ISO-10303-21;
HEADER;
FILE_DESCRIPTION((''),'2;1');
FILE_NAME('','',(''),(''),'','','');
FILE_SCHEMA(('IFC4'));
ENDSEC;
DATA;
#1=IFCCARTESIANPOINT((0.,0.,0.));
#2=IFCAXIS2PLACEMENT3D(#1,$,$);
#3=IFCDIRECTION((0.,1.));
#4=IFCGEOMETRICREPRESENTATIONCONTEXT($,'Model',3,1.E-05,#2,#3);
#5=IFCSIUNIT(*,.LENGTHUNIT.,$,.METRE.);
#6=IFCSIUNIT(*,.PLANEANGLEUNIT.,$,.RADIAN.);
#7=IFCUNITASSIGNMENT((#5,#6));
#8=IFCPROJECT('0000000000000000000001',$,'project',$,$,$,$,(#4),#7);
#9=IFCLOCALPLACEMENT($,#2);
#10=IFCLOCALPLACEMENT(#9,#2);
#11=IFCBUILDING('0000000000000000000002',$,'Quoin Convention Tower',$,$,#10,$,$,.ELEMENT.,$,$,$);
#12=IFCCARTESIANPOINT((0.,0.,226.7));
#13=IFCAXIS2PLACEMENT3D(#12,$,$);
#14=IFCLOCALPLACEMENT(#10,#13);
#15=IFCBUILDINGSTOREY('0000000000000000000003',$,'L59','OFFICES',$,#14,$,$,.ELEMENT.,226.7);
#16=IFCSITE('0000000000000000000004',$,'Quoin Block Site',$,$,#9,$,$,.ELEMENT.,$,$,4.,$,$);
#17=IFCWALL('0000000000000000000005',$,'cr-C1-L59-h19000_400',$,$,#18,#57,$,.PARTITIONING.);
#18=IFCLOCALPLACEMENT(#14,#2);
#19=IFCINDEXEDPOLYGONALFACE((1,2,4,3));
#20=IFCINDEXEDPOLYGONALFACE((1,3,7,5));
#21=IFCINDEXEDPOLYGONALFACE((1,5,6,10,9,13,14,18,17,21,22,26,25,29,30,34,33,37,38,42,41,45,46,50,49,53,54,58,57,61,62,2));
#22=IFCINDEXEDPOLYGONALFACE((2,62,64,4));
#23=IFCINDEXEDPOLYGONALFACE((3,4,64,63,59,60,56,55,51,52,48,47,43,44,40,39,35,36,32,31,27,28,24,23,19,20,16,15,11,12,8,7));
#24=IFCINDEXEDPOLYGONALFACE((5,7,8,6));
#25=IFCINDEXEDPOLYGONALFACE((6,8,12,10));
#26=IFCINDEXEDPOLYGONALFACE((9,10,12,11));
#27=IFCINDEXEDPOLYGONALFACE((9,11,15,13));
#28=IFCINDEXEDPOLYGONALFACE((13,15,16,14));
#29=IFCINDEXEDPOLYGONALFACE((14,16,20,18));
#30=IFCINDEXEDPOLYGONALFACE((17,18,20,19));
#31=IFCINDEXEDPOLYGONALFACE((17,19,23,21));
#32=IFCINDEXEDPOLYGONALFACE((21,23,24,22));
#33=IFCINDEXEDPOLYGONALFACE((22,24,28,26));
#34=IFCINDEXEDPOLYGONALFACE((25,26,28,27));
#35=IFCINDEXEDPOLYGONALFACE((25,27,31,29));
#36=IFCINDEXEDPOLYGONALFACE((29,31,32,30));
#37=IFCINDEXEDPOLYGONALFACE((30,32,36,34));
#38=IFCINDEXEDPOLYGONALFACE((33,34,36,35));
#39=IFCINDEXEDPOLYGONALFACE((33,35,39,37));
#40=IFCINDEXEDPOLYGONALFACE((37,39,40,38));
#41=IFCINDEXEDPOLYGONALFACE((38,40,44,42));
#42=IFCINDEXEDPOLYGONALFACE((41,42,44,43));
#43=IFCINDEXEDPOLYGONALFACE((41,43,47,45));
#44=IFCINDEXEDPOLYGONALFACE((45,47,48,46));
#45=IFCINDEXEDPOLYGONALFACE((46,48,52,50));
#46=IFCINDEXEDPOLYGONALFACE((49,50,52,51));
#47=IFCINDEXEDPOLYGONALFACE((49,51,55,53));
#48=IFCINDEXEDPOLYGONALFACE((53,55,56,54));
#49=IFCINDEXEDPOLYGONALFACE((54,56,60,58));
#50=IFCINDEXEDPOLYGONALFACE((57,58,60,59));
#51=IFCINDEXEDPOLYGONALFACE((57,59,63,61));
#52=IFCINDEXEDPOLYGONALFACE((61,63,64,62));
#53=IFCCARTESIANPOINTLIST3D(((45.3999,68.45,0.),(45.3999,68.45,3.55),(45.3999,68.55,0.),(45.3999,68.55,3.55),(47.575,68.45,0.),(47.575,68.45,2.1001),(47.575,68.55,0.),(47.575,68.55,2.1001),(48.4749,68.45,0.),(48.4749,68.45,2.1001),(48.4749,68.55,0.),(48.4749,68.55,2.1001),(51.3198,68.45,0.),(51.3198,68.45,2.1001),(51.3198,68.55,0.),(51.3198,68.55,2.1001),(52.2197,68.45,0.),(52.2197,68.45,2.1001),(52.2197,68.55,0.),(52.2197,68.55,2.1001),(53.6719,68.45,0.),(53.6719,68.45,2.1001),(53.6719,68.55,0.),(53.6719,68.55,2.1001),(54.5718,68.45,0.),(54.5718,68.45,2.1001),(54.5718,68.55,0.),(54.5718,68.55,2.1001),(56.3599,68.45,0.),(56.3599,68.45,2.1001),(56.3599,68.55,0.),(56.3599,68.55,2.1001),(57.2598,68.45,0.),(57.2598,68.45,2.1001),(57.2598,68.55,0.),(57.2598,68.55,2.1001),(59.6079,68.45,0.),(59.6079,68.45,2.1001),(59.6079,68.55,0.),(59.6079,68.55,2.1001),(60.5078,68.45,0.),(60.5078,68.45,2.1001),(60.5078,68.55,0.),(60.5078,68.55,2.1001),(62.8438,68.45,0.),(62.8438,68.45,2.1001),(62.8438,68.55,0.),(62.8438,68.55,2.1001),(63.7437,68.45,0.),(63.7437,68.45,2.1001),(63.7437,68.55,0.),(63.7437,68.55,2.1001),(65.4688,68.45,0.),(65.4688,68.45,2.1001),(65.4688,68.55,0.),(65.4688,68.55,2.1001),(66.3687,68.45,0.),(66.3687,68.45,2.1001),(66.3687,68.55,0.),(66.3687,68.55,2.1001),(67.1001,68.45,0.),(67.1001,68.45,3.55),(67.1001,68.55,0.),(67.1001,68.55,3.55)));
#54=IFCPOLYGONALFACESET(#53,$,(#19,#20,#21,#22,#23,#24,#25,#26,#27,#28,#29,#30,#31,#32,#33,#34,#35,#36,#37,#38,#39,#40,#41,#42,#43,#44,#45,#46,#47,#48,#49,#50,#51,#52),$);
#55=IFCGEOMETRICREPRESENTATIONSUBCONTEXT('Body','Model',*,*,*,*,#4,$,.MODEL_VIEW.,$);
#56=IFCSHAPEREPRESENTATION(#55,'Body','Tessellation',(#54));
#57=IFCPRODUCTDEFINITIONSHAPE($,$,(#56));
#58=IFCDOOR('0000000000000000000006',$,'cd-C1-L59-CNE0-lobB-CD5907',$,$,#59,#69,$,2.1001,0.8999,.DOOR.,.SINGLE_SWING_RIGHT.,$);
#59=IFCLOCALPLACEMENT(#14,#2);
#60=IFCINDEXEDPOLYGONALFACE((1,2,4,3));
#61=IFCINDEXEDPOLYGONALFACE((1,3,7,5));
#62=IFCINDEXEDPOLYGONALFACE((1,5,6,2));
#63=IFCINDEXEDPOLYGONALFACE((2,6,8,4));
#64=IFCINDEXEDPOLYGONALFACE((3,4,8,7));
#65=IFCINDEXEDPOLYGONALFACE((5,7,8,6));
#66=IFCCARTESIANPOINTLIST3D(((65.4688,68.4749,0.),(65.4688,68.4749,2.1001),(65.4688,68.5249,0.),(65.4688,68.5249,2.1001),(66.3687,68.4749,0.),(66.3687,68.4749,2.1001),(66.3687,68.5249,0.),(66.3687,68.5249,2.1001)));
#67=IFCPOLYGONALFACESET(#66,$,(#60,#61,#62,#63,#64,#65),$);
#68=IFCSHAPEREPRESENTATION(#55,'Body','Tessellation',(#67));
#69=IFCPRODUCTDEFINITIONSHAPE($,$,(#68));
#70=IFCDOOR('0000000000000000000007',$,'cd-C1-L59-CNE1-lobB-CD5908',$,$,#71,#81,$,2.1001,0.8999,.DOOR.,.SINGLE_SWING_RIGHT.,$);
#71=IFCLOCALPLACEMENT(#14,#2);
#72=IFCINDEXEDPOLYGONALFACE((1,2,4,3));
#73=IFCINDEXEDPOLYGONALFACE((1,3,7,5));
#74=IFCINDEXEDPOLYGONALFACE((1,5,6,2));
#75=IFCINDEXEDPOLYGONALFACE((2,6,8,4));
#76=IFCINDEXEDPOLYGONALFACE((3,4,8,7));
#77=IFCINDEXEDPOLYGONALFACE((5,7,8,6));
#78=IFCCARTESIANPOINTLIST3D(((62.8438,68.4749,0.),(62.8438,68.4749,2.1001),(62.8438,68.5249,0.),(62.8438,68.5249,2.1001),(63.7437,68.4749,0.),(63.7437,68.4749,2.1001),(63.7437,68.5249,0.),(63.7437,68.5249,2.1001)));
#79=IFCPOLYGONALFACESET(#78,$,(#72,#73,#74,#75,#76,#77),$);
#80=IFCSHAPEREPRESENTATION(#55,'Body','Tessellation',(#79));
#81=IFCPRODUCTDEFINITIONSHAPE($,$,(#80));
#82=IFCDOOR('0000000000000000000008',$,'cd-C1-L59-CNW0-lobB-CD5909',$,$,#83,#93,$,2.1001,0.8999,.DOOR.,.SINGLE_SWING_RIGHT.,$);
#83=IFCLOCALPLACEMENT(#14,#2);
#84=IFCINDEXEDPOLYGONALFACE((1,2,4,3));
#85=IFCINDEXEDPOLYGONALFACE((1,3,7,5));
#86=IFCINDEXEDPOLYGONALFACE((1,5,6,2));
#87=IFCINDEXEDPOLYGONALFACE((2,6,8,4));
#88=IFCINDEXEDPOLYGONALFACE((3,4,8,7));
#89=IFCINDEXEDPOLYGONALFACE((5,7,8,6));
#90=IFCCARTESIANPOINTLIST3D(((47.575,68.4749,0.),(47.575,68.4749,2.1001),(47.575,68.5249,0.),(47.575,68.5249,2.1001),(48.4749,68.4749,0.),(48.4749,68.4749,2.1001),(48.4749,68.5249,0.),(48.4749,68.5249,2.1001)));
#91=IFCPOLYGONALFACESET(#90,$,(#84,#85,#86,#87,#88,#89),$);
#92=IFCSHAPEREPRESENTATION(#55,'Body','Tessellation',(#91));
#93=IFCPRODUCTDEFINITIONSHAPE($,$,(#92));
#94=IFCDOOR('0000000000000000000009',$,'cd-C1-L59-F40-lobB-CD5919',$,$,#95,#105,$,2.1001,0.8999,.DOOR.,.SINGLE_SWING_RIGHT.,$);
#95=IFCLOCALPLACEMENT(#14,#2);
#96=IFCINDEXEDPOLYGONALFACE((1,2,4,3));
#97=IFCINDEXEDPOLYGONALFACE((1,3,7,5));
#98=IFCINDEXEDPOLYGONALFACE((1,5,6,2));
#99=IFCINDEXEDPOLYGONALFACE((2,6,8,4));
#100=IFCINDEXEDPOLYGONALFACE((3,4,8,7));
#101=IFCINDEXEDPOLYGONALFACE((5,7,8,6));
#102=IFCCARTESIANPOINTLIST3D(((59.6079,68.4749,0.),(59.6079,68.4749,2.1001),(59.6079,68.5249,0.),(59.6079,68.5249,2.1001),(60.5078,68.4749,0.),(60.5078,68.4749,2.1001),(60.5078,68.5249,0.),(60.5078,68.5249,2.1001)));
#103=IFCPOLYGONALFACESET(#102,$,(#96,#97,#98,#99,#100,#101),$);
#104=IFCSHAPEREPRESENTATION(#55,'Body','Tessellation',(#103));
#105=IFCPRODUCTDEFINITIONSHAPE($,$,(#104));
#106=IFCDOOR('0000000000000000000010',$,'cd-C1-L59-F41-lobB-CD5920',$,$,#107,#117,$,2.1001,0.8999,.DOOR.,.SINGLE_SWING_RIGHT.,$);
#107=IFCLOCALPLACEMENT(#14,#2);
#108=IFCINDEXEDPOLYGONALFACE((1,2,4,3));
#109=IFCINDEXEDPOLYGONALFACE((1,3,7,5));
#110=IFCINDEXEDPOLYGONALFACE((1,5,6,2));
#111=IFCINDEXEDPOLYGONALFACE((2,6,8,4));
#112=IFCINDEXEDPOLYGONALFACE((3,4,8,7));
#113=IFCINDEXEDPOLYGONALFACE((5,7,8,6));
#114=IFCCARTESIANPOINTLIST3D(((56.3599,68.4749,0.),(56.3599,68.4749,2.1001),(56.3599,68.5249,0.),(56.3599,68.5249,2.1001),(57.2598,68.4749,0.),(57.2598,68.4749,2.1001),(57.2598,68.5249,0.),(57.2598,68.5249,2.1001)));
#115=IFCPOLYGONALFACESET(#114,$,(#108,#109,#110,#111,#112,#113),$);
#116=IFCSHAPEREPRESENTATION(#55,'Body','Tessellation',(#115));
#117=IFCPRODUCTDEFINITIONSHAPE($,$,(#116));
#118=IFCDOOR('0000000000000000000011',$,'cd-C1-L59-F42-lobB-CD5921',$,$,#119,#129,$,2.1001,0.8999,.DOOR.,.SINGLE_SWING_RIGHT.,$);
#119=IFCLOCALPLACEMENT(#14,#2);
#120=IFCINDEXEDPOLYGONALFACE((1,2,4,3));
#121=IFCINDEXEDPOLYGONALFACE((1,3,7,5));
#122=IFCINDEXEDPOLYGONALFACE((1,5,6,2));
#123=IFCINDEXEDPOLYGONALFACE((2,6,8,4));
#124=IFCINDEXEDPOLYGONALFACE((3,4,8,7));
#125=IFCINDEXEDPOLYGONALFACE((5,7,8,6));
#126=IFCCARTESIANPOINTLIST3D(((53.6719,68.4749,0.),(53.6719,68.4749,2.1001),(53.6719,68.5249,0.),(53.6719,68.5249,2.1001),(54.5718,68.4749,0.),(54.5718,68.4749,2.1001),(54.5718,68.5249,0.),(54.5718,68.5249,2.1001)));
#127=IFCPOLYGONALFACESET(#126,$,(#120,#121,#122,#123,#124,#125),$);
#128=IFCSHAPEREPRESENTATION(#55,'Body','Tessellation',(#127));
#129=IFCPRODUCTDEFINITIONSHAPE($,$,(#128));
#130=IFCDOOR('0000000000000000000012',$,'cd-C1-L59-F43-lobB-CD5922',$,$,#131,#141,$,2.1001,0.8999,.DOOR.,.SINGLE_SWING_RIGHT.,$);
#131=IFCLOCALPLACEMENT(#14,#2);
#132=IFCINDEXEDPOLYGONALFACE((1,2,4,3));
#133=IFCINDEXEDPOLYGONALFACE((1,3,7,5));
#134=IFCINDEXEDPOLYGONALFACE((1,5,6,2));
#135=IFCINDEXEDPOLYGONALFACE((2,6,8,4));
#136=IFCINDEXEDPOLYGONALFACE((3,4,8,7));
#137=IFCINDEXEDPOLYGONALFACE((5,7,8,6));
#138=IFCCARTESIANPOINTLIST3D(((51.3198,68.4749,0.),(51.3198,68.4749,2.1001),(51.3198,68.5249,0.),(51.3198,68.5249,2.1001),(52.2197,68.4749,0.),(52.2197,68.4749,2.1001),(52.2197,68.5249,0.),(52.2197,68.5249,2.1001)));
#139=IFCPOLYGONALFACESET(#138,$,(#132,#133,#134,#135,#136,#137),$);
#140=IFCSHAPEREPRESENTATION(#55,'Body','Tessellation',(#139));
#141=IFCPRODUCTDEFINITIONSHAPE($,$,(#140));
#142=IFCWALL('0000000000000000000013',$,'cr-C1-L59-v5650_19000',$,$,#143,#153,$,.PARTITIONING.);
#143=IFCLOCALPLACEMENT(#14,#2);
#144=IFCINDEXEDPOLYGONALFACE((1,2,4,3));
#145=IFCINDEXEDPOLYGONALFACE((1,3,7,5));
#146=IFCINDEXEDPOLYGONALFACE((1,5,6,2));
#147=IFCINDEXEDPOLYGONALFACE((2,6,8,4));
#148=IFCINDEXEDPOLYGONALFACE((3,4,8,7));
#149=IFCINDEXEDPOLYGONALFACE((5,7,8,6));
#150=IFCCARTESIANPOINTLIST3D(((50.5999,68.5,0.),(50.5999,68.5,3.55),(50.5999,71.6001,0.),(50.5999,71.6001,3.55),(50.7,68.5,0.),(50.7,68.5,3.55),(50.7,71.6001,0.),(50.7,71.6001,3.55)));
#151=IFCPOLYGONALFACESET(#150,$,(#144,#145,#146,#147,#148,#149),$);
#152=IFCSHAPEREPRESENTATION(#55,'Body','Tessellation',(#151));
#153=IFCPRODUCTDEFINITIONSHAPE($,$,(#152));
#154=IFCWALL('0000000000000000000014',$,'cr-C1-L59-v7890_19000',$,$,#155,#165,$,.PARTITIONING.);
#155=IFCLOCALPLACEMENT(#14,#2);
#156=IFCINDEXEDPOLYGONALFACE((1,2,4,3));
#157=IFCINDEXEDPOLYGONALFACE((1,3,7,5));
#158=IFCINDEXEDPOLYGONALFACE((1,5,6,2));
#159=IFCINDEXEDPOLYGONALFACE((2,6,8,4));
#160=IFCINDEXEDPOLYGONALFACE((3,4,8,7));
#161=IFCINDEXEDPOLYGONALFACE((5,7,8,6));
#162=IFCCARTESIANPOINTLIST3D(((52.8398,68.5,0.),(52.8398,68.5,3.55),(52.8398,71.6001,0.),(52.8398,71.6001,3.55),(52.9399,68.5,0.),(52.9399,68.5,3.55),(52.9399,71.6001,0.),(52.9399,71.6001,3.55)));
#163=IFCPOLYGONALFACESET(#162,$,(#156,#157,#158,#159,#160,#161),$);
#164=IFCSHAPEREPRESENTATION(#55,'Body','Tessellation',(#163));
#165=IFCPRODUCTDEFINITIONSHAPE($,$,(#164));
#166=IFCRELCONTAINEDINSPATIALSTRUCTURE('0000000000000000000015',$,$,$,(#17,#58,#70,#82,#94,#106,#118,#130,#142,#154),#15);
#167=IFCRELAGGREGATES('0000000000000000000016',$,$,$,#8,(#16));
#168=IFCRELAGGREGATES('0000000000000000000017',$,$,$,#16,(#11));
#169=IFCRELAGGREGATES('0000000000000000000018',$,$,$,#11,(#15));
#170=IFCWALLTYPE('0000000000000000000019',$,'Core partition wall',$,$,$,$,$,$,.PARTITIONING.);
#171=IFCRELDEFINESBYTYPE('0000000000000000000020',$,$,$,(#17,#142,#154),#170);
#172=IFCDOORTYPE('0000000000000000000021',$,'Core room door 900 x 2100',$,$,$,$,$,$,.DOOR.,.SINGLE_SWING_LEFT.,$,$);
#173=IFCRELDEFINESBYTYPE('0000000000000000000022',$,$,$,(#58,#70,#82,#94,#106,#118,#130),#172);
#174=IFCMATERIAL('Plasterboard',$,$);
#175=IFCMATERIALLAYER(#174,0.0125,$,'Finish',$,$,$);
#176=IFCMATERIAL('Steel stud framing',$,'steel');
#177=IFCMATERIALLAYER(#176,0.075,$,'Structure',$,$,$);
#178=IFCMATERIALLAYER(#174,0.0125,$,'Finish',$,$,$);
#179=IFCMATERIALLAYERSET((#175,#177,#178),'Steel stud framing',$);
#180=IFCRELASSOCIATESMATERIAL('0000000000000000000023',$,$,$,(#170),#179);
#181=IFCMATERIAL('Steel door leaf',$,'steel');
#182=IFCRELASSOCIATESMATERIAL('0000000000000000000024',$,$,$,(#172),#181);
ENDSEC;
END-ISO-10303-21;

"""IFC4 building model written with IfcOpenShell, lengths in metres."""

from ifc_helpers import new_model, si_unit, direction, frame, frame_2d, origin, place, context, subcontext, project, spatial, rectangle, extrude, material, layer, layer_set, type_object, element, fill, save


model = new_model("IFC4")

# Units and contexts
model_context = context("Model", 3, precision=1e-05, world=origin(), true_north=direction((0.0, 1.0)))
body_context = subcontext(model_context, "Body", "Model", "MODEL_VIEW")
ifc_project = project(units=[si_unit("LENGTHUNIT", "METRE"), si_unit("PLANEANGLEUNIT", "RADIAN")], contexts=[model_context])

# Site, building, storey
site_placement = place(None, origin())
site = spatial("IfcSite", under=ifc_project, at=site_placement, Name="Quoin Block Site", CompositionType="ELEMENT", RefElevation=4.0)
building_placement = place(site_placement, origin())
building = spatial("IfcBuilding", under=site, at=building_placement, Name="Quoin Convention Tower", CompositionType="ELEMENT")
storey_placement = place(building_placement, frame((0.0, 0.0, 226.7)))
storey = spatial("IfcBuildingStorey", under=building, at=storey_placement, Name="L59", Description="OFFICES", CompositionType="ELEMENT", Elevation=226.7)

# Wall, openings, doors
ifc_material_1 = material(Name="Plasterboard")
ifc_layer_1 = layer(ifc_material_1, 0.0125, Name="Finish")
ifc_material_2 = material(Name="Steel stud framing", Category="steel")
ifc_layer_2 = layer(ifc_material_2, 0.075, Name="Structure")
ifc_layer_3 = layer(ifc_material_1, 0.0125, Name="Finish")
ifc_layer_set_1 = layer_set([ifc_layer_1, ifc_layer_2, ifc_layer_3], Name="Steel stud framing")
wall_type_1 = type_object("IfcWallType", Name="Core partition wall", PredefinedType="PARTITIONING", material=ifc_layer_set_1)
wall_1_placement = place(storey_placement, frame((45.3999, 68.5, 0.0), z_axis=(0.0, 0.0, 1.0), x_axis=(1.0, 0.0, 0.0)))
wall_1 = element("IfcWall", 1, at=wall_1_placement, inside=storey, type_object=wall_type_1, Name="cr-C1-L59-h19000_400", PredefinedType="PARTITIONING", context=body_context, shape_type="SweptSolid", body=[
    extrude(rectangle(XDim=21.7002, YDim=0.1001, at=frame_2d((10.8501, 0.0))), origin(), (0.0, 0.0, 1.0), 3.55),
])
opening_1_placement = place(wall_1_placement, frame((20.0688, 0.0, 0.0)))
opening_1 = element("IfcOpeningElement", 2, at=opening_1_placement, cuts=wall_1, PredefinedType="OPENING", context=body_context, shape_type="SweptSolid", body=[
    extrude(rectangle(XDim=0.8999, YDim=2.1001, at=frame_2d((0.45, 1.05))), frame((0.0, 0.0601, 0.0), z_axis=(0.0, -1.0, 0.0), x_axis=(1.0, 0.0, 0.0)), (0.0, 0.0, 1.0), 0.1201),
])
opening_2_placement = place(wall_1_placement, frame((17.4438, 0.0, 0.0)))
opening_2 = element("IfcOpeningElement", 3, at=opening_2_placement, cuts=wall_1, PredefinedType="OPENING", context=body_context, shape_type="SweptSolid", body=[
    extrude(rectangle(XDim=0.8999, YDim=2.1001, at=frame_2d((0.45, 1.05))), frame((0.0, 0.0601, 0.0), z_axis=(0.0, -1.0, 0.0), x_axis=(1.0, 0.0, 0.0)), (0.0, 0.0, 1.0), 0.1201),
])
opening_3_placement = place(wall_1_placement, frame((2.175, 0.0, 0.0)))
opening_3 = element("IfcOpeningElement", 4, at=opening_3_placement, cuts=wall_1, PredefinedType="OPENING", context=body_context, shape_type="SweptSolid", body=[
    extrude(rectangle(XDim=0.8999, YDim=2.1001, at=frame_2d((0.45, 1.05))), frame((0.0, 0.0601, 0.0), z_axis=(0.0, -1.0, 0.0), x_axis=(1.0, 0.0, 0.0)), (0.0, 0.0, 1.0), 0.1201),
])
opening_4_placement = place(wall_1_placement, frame((14.208, 0.0, 0.0)))
opening_4 = element("IfcOpeningElement", 5, at=opening_4_placement, cuts=wall_1, PredefinedType="OPENING", context=body_context, shape_type="SweptSolid", body=[
    extrude(rectangle(XDim=0.8999, YDim=2.1001, at=frame_2d((0.45, 1.05))), frame((0.0, 0.0601, 0.0), z_axis=(0.0, -1.0, 0.0), x_axis=(1.0, 0.0, 0.0)), (0.0, 0.0, 1.0), 0.1201),
])
opening_5_placement = place(wall_1_placement, frame((10.96, 0.0, 0.0)))
opening_5 = element("IfcOpeningElement", 6, at=opening_5_placement, cuts=wall_1, PredefinedType="OPENING", context=body_context, shape_type="SweptSolid", body=[
    extrude(rectangle(XDim=0.8999, YDim=2.1001, at=frame_2d((0.45, 1.05))), frame((0.0, 0.0601, 0.0), z_axis=(0.0, -1.0, 0.0), x_axis=(1.0, 0.0, 0.0)), (0.0, 0.0, 1.0), 0.1201),
])
opening_6_placement = place(wall_1_placement, frame((8.272, 0.0, 0.0)))
opening_6 = element("IfcOpeningElement", 7, at=opening_6_placement, cuts=wall_1, PredefinedType="OPENING", context=body_context, shape_type="SweptSolid", body=[
    extrude(rectangle(XDim=0.8999, YDim=2.1001, at=frame_2d((0.45, 1.05))), frame((0.0, 0.0601, 0.0), z_axis=(0.0, -1.0, 0.0), x_axis=(1.0, 0.0, 0.0)), (0.0, 0.0, 1.0), 0.1201),
])
opening_7_placement = place(wall_1_placement, frame((5.9199, 0.0, 0.0)))
opening_7 = element("IfcOpeningElement", 8, at=opening_7_placement, cuts=wall_1, PredefinedType="OPENING", context=body_context, shape_type="SweptSolid", body=[
    extrude(rectangle(XDim=0.8999, YDim=2.1001, at=frame_2d((0.45, 1.05))), frame((0.0, 0.0601, 0.0), z_axis=(0.0, -1.0, 0.0), x_axis=(1.0, 0.0, 0.0)), (0.0, 0.0, 1.0), 0.1201),
])
ifc_material_3 = material(Name="Steel door leaf", Category="steel")
door_type_1 = type_object("IfcDoorType", Name="Core room door 900 x 2100", OperationType="SINGLE_SWING_LEFT", PredefinedType="DOOR", material=ifc_material_3)
door_1_placement = place(opening_1_placement, origin())
door_1 = element("IfcDoor", 9, at=door_1_placement, inside=storey, type_object=door_type_1, Name="cd-C1-L59-CNE0-lobB-CD5907", OperationType="SINGLE_SWING_RIGHT", OverallHeight=2.1001, OverallWidth=0.8999, PredefinedType="DOOR", context=body_context, shape_type="SweptSolid", body=[
    extrude(rectangle(XDim=0.8999, YDim=2.1001, at=frame_2d((0.45, 1.05))), frame((0.0, 0.0249, 0.0), z_axis=(0.0, -1.0, 0.0), x_axis=(1.0, 0.0, 0.0)), (0.0, 0.0, 1.0), 0.05),
])
fill(opening_1, door_1)
door_2_placement = place(opening_2_placement, origin())
door_2 = element("IfcDoor", 10, at=door_2_placement, inside=storey, type_object=door_type_1, Name="cd-C1-L59-CNE1-lobB-CD5908", OperationType="SINGLE_SWING_RIGHT", OverallHeight=2.1001, OverallWidth=0.8999, PredefinedType="DOOR", context=body_context, shape_type="SweptSolid", body=[
    extrude(rectangle(XDim=0.8999, YDim=2.1001, at=frame_2d((0.45, 1.05))), frame((0.0, 0.0249, 0.0), z_axis=(0.0, -1.0, 0.0), x_axis=(1.0, 0.0, 0.0)), (0.0, 0.0, 1.0), 0.05),
])
fill(opening_2, door_2)
door_3_placement = place(opening_3_placement, origin())
door_3 = element("IfcDoor", 11, at=door_3_placement, inside=storey, type_object=door_type_1, Name="cd-C1-L59-CNW0-lobB-CD5909", OperationType="SINGLE_SWING_RIGHT", OverallHeight=2.1001, OverallWidth=0.8999, PredefinedType="DOOR", context=body_context, shape_type="SweptSolid", body=[
    extrude(rectangle(XDim=0.8999, YDim=2.1001, at=frame_2d((0.45, 1.05))), frame((0.0, 0.0249, 0.0), z_axis=(0.0, -1.0, 0.0), x_axis=(1.0, 0.0, 0.0)), (0.0, 0.0, 1.0), 0.05),
])
fill(opening_3, door_3)
door_4_placement = place(opening_4_placement, origin())
door_4 = element("IfcDoor", 12, at=door_4_placement, inside=storey, type_object=door_type_1, Name="cd-C1-L59-F40-lobB-CD5919", OperationType="SINGLE_SWING_RIGHT", OverallHeight=2.1001, OverallWidth=0.8999, PredefinedType="DOOR", context=body_context, shape_type="SweptSolid", body=[
    extrude(rectangle(XDim=0.8999, YDim=2.1001, at=frame_2d((0.45, 1.05))), frame((0.0, 0.0249, 0.0), z_axis=(0.0, -1.0, 0.0), x_axis=(1.0, 0.0, 0.0)), (0.0, 0.0, 1.0), 0.05),
])
fill(opening_4, door_4)
door_5_placement = place(opening_5_placement, origin())
door_5 = element("IfcDoor", 13, at=door_5_placement, inside=storey, type_object=door_type_1, Name="cd-C1-L59-F41-lobB-CD5920", OperationType="SINGLE_SWING_RIGHT", OverallHeight=2.1001, OverallWidth=0.8999, PredefinedType="DOOR", context=body_context, shape_type="SweptSolid", body=[
    extrude(rectangle(XDim=0.8999, YDim=2.1001, at=frame_2d((0.45, 1.05))), frame((0.0, 0.0249, 0.0), z_axis=(0.0, -1.0, 0.0), x_axis=(1.0, 0.0, 0.0)), (0.0, 0.0, 1.0), 0.05),
])
fill(opening_5, door_5)
door_6_placement = place(opening_6_placement, origin())
door_6 = element("IfcDoor", 14, at=door_6_placement, inside=storey, type_object=door_type_1, Name="cd-C1-L59-F42-lobB-CD5921", OperationType="SINGLE_SWING_RIGHT", OverallHeight=2.1001, OverallWidth=0.8999, PredefinedType="DOOR", context=body_context, shape_type="SweptSolid", body=[
    extrude(rectangle(XDim=0.8999, YDim=2.1001, at=frame_2d((0.45, 1.05))), frame((0.0, 0.0249, 0.0), z_axis=(0.0, -1.0, 0.0), x_axis=(1.0, 0.0, 0.0)), (0.0, 0.0, 1.0), 0.05),
])
fill(opening_6, door_6)
door_7_placement = place(opening_7_placement, origin())
door_7 = element("IfcDoor", 15, at=door_7_placement, inside=storey, type_object=door_type_1, Name="cd-C1-L59-F43-lobB-CD5922", OperationType="SINGLE_SWING_RIGHT", OverallHeight=2.1001, OverallWidth=0.8999, PredefinedType="DOOR", context=body_context, shape_type="SweptSolid", body=[
    extrude(rectangle(XDim=0.8999, YDim=2.1001, at=frame_2d((0.45, 1.05))), frame((0.0, 0.0249, 0.0), z_axis=(0.0, -1.0, 0.0), x_axis=(1.0, 0.0, 0.0)), (0.0, 0.0, 1.0), 0.05),
])
fill(opening_7, door_7)

# Walls
for number, where, z_axis, x_axis, name in (
    (16, (50.6499, 68.5, 0.0), (0.0, 0.0, 1.0), (0.0, 1.0, 0.0), "cr-C1-L59-v5650_19000"),
    (17, (52.8899, 68.5, 0.0), (0.0, 0.0, 1.0), (0.0, 1.0, 0.0), "cr-C1-L59-v7890_19000"),
):
    element("IfcWall", number, at=place(storey_placement, frame(where, z_axis=z_axis, x_axis=x_axis)), inside=storey, type_object=wall_type_1, Name=name, PredefinedType="PARTITIONING", context=body_context, shape_type="SweptSolid", body=[
        extrude(rectangle(XDim=3.1001, YDim=0.1001, at=frame_2d((1.55, 0.0))), origin(), (0.0, 0.0, 1.0), 3.55),
    ])

save(model, "model.ifc")
